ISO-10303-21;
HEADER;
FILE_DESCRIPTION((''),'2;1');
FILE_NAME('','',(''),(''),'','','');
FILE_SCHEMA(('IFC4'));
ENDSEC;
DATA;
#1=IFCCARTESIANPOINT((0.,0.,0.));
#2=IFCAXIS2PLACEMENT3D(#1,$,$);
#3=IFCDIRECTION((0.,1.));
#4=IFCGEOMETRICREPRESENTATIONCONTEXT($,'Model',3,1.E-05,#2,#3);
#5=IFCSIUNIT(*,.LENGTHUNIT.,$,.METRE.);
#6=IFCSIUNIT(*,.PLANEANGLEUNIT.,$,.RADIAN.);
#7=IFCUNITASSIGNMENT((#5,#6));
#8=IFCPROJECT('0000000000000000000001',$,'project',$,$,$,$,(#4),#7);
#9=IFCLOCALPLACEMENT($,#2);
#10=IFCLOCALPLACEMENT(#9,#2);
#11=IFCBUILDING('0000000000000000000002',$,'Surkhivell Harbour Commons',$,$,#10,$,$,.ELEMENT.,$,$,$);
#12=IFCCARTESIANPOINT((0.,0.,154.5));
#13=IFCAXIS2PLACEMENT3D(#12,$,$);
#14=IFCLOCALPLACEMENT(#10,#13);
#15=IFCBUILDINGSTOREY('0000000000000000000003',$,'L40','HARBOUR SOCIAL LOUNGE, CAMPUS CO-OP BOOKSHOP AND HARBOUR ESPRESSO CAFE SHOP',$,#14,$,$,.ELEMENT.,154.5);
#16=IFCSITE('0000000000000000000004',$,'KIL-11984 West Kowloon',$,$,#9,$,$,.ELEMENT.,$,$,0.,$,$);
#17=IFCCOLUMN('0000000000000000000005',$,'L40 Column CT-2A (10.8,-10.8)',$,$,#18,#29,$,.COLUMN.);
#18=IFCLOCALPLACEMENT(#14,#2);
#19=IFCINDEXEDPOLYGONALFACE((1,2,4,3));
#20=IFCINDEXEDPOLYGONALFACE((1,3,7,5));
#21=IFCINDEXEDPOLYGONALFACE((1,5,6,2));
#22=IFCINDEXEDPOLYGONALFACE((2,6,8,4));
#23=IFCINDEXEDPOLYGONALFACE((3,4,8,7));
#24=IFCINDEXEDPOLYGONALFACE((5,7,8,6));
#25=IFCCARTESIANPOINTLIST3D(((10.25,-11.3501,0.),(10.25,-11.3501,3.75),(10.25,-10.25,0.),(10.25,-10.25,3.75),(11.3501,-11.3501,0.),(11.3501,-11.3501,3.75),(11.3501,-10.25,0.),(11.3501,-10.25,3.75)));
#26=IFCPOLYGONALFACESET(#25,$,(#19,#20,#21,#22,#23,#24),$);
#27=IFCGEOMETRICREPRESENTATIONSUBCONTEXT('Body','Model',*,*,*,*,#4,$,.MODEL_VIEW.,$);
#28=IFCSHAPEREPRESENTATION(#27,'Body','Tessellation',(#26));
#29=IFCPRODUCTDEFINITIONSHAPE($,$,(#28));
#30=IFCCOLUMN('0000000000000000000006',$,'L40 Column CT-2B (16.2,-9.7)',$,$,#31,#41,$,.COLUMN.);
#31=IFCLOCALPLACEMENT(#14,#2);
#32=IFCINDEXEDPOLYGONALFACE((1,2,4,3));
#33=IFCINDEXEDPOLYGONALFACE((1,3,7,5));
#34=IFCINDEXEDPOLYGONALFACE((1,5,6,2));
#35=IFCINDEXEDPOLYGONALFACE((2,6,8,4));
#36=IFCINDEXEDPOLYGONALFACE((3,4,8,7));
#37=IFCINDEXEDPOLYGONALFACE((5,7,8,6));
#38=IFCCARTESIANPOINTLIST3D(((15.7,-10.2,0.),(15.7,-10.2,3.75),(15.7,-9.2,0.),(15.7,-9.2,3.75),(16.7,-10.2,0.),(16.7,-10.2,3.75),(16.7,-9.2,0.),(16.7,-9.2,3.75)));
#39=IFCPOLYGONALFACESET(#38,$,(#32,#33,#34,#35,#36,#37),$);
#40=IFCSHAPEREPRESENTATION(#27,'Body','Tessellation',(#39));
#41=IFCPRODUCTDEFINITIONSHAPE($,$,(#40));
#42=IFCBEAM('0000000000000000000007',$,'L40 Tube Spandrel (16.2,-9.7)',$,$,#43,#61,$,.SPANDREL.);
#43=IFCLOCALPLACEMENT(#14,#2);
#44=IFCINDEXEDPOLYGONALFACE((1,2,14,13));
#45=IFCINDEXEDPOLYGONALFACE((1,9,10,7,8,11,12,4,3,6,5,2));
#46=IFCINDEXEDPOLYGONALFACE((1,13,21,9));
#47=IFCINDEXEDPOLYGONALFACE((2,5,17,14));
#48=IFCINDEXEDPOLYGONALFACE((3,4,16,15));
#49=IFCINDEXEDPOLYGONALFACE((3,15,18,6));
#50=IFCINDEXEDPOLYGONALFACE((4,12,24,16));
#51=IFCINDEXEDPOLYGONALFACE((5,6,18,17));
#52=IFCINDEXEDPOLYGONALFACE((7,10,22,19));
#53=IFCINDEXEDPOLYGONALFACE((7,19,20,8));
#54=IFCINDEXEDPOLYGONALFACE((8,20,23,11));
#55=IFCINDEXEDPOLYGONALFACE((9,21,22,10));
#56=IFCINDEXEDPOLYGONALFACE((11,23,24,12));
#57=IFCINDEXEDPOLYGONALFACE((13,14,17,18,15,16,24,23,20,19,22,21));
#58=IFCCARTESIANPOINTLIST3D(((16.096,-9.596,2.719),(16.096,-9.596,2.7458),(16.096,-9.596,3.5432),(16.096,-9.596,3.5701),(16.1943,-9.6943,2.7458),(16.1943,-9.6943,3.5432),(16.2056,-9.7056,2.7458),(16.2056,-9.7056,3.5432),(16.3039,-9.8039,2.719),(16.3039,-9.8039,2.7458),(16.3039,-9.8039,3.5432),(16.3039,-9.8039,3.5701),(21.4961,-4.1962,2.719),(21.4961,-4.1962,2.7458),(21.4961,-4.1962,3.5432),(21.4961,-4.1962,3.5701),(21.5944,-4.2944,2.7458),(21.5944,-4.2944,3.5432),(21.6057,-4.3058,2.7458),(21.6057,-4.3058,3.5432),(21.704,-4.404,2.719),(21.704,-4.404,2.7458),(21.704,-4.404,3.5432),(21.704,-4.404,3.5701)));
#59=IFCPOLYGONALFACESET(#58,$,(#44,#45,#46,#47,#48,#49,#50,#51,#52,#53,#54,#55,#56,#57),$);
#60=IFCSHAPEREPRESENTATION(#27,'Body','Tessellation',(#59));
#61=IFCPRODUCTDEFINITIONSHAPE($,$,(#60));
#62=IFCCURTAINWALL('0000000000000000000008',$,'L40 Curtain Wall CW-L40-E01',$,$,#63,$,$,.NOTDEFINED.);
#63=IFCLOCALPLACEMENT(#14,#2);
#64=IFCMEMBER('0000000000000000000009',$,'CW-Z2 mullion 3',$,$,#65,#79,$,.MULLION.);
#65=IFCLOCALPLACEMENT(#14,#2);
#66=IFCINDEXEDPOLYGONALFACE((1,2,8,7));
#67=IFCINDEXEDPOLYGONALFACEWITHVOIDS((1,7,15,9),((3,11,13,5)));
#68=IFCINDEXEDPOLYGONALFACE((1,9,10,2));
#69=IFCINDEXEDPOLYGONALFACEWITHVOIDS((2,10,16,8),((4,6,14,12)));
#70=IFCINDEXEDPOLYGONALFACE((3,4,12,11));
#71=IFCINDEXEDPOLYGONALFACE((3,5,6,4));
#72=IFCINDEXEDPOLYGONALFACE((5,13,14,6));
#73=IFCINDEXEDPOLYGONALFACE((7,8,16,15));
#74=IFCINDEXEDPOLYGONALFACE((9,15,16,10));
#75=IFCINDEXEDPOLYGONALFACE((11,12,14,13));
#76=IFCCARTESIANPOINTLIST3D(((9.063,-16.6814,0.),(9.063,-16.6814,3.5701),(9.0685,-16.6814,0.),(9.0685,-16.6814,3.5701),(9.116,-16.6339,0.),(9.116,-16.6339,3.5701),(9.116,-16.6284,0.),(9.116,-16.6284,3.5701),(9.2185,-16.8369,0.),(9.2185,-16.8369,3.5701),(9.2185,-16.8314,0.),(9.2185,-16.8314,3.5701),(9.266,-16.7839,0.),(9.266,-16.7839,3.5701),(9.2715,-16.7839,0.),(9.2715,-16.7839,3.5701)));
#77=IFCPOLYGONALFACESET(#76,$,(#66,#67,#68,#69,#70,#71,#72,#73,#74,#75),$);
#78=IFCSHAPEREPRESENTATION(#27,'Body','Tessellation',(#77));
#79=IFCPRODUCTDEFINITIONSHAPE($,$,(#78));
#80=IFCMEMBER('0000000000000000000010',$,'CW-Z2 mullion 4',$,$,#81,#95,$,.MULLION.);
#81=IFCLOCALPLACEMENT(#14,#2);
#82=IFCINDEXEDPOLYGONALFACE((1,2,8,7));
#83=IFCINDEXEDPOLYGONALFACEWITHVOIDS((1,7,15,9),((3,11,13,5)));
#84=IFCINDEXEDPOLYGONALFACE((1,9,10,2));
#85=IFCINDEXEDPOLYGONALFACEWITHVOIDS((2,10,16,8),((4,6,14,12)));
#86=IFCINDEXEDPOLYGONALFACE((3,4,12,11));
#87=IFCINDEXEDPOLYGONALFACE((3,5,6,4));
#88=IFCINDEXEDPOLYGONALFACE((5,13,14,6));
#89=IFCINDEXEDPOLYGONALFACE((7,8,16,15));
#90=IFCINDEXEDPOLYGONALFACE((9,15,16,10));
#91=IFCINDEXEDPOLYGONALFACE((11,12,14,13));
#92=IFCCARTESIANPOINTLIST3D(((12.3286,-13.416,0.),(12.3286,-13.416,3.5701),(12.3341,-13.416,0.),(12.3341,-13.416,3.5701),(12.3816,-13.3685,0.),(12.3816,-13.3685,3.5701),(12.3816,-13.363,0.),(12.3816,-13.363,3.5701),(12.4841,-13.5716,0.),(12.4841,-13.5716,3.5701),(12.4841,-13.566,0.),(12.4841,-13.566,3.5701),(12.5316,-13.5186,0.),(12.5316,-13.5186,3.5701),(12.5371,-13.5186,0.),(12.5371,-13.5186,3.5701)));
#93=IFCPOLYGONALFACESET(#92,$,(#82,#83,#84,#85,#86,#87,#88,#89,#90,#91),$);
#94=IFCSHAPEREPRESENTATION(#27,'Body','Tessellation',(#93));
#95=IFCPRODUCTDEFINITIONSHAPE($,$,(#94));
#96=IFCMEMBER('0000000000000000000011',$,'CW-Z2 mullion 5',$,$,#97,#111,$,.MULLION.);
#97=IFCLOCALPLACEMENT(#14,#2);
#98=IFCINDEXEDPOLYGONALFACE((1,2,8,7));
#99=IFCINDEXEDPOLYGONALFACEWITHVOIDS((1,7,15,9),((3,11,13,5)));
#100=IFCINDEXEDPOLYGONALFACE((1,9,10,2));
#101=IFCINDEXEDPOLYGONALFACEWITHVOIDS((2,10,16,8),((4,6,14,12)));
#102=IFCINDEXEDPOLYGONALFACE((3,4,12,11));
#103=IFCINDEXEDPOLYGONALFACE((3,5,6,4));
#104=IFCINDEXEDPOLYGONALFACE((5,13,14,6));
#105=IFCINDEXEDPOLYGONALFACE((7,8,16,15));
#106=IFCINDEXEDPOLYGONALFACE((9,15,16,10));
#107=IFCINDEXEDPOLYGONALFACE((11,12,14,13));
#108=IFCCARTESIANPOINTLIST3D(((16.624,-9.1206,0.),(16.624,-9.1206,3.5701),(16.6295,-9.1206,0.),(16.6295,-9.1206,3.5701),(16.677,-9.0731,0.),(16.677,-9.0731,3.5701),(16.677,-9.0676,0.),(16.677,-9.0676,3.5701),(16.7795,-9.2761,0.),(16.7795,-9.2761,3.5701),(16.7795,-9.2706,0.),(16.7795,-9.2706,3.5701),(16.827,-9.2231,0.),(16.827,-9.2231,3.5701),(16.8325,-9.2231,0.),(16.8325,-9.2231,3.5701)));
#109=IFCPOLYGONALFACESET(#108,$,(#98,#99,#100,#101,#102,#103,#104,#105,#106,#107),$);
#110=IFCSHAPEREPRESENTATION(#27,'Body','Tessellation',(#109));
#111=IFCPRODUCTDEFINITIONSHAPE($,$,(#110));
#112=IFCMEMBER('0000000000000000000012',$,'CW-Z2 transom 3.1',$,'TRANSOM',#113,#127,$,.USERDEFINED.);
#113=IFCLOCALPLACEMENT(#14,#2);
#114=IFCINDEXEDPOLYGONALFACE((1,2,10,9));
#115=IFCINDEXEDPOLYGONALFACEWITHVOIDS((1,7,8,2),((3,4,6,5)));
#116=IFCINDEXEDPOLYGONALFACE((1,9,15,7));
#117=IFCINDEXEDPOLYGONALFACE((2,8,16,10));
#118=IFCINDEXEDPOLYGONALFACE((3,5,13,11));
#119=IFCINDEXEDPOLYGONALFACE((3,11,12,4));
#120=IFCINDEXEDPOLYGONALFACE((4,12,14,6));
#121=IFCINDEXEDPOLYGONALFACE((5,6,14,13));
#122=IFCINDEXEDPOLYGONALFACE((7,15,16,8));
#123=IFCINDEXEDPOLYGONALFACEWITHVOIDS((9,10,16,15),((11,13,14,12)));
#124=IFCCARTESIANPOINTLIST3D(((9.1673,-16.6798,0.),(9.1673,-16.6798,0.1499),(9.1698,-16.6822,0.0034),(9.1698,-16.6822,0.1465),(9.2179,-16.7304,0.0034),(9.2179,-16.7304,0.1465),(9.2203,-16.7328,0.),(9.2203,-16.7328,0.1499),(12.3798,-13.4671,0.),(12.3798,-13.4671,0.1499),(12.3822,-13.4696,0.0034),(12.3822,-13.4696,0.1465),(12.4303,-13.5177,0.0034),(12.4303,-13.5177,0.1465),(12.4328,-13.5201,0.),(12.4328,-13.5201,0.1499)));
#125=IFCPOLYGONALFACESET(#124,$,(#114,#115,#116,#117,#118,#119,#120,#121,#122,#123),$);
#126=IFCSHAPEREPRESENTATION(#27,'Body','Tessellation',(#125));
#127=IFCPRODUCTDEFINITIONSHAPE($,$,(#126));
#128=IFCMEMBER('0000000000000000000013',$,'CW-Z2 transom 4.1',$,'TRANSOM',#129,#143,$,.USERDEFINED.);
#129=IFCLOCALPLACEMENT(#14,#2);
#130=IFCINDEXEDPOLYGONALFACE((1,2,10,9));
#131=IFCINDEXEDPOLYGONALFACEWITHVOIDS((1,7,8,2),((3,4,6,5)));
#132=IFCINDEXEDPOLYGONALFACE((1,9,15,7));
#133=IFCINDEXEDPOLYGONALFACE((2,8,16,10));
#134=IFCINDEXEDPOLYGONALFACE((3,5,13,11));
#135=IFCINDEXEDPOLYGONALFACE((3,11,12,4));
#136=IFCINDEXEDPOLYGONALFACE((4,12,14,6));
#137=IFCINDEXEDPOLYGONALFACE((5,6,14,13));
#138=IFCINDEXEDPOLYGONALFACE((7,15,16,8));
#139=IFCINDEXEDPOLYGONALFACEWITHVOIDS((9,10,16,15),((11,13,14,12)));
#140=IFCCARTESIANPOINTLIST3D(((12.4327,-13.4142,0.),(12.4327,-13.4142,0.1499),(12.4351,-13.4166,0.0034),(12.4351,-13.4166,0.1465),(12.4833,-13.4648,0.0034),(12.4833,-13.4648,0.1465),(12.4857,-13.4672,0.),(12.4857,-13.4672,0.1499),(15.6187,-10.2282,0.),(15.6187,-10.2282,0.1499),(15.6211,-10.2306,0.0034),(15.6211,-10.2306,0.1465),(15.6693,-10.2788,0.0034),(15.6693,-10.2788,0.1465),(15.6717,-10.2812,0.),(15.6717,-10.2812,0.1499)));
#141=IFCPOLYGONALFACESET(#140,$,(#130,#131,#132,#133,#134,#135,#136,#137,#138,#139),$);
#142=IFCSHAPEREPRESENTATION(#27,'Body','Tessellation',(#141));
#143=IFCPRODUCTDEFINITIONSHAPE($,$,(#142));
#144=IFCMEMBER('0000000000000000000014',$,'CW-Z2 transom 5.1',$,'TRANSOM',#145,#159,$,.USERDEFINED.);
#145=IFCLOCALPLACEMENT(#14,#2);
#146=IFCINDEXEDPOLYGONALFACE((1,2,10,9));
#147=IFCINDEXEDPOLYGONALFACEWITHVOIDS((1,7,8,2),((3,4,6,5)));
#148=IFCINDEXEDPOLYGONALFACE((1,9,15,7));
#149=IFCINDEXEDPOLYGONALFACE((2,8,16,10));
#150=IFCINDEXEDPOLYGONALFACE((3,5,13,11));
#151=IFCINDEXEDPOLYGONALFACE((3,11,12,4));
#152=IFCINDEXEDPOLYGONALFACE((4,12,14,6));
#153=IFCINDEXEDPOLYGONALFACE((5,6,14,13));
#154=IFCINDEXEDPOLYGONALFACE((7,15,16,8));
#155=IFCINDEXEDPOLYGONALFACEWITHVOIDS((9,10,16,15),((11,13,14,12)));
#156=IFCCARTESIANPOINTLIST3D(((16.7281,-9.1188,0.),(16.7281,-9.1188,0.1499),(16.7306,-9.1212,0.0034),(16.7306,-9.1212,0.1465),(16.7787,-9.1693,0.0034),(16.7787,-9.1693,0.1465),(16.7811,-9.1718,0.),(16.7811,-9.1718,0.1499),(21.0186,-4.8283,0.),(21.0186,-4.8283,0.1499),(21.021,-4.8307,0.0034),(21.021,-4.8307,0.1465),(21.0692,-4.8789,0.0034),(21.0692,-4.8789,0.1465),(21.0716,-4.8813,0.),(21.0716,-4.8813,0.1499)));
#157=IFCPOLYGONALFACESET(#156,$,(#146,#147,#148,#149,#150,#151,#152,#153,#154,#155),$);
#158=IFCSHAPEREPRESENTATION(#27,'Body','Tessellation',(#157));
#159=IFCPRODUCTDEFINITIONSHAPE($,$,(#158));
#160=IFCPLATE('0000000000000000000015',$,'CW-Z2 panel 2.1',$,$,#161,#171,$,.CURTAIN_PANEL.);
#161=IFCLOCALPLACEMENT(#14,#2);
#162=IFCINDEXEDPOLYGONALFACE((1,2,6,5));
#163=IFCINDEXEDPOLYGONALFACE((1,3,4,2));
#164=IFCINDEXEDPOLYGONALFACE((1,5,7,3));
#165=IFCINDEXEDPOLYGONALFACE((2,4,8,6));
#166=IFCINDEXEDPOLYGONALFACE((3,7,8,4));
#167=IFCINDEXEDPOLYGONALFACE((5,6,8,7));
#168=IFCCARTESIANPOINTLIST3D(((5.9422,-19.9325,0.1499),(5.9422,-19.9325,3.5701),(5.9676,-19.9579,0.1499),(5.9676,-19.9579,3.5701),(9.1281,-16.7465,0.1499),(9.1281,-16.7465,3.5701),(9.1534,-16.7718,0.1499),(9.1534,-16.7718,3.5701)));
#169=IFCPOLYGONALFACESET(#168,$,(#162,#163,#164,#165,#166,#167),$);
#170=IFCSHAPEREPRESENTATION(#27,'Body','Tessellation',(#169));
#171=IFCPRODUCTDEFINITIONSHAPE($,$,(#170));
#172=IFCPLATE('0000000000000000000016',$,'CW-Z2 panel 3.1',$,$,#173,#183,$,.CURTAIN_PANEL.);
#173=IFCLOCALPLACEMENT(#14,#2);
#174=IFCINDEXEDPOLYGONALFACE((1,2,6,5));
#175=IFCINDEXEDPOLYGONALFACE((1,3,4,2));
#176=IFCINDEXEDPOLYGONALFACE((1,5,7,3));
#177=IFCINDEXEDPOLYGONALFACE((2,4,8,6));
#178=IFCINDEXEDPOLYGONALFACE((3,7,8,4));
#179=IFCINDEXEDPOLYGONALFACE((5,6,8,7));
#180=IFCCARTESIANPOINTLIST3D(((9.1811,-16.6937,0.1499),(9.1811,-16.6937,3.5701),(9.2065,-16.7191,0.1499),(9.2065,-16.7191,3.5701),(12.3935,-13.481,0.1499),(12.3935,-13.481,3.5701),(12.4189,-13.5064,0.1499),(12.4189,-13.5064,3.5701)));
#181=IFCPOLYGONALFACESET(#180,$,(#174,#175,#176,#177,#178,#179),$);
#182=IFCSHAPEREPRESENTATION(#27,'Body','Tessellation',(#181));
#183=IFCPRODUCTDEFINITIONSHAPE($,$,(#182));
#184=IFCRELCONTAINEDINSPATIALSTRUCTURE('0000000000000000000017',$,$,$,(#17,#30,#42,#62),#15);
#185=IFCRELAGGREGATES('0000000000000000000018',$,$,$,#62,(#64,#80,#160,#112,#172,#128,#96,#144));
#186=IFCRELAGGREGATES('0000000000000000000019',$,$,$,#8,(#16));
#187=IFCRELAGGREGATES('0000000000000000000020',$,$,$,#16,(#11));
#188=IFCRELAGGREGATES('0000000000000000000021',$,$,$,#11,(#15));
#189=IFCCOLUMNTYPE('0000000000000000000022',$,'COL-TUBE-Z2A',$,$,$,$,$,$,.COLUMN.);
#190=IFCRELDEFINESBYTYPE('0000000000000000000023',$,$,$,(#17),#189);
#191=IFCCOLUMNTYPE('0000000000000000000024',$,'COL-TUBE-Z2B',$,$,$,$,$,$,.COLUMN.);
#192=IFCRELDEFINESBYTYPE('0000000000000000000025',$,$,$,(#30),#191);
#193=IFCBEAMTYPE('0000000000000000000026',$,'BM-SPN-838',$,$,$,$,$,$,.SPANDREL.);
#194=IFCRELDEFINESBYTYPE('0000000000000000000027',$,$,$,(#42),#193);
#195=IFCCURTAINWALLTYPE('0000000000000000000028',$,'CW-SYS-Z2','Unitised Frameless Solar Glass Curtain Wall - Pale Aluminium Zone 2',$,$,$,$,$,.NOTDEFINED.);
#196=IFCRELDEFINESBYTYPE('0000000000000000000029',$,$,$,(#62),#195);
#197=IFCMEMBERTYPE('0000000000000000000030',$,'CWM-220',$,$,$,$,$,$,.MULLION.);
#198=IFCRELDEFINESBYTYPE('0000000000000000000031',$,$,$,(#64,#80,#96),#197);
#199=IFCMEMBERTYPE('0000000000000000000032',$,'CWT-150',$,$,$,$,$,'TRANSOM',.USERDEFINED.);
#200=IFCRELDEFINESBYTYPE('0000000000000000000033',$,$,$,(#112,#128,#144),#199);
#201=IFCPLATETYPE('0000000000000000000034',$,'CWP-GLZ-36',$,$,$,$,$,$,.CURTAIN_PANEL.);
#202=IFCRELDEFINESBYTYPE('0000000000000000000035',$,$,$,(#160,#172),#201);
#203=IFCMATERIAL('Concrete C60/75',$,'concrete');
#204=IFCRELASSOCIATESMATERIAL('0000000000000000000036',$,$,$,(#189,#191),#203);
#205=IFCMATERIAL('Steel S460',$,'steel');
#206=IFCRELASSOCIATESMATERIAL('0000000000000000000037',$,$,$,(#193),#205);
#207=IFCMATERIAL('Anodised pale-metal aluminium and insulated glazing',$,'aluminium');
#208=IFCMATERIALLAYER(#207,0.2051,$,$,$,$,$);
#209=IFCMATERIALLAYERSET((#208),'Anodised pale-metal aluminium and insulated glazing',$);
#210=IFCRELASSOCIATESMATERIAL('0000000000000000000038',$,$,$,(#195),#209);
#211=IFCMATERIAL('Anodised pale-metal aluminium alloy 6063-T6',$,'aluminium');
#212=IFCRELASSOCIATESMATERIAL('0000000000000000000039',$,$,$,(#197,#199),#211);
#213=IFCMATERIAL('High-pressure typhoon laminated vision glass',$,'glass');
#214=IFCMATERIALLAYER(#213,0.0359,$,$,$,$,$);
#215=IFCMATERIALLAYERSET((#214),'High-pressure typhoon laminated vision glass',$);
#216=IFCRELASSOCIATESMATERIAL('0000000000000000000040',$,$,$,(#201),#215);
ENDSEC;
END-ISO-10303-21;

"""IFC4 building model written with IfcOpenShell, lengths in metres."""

from ifc_helpers import new_model, si_unit, direction, frame, frame_2d, origin, origin_2d, place, context, subcontext, project, spatial, rectangle, hollow_rectangle, i_section, extrude, material, layer, layer_set, material_profile, profile_set, type_object, element, aggregate, save


model = new_model("IFC4")

# Units and contexts
model_context = context("Model", 3, precision=1e-05, world=origin(), true_north=direction((0.0, 1.0)))
body_context = subcontext(model_context, "Body", "Model", "MODEL_VIEW")
ifc_project = project(units=[si_unit("LENGTHUNIT", "METRE"), si_unit("PLANEANGLEUNIT", "RADIAN")], contexts=[model_context])

# Site, building, storey
site_placement = place(None, origin())
site = spatial("IfcSite", under=ifc_project, at=site_placement, Name="KIL-11984 West Kowloon", CompositionType="ELEMENT", RefElevation=0.0)
building_placement = place(site_placement, origin())
building = spatial("IfcBuilding", under=site, at=building_placement, Name="Surkhivell Harbour Commons", CompositionType="ELEMENT")
storey_placement = place(building_placement, frame((0.0, 0.0, 154.5)))
storey = spatial("IfcBuildingStorey", under=building, at=storey_placement, Name="L40", Description="HARBOUR SOCIAL LOUNGE, CAMPUS CO-OP BOOKSHOP AND HARBOUR ESPRESSO CAFE SHOP", CompositionType="ELEMENT", Elevation=154.5)

# Columns
ifc_material_1 = material(Name="Concrete C60/75", Category="concrete")
ifc_material_profile_1 = material_profile(ifc_material_1, rectangle(XDim=1.1001, YDim=1.1001, at=origin_2d()), Name="RC-COL-1100x1100")
ifc_profile_set_1 = profile_set([ifc_material_profile_1], Name="Concrete C60/75")
column_type_1 = type_object("IfcColumnType", Name="COL-TUBE-Z2A", PredefinedType="COLUMN", material=ifc_profile_set_1)
column_1_placement = place(storey_placement, frame((10.8, -10.8, 0.0), z_axis=(0.0, 0.0, 1.0), x_axis=(1.0, 0.0, 0.0)))
element("IfcColumn", 1, at=column_1_placement, inside=storey, type_object=column_type_1, Name="L40 Column CT-2A (10.8,-10.8)", PredefinedType="COLUMN", context=body_context, shape_type="SweptSolid", body=[
    extrude(rectangle(XDim=1.1001, YDim=1.1001, at=origin_2d()), origin(), (0.0, 0.0, 1.0), 3.75),
])
ifc_material_profile_2 = material_profile(ifc_material_1, rectangle(XDim=1.0, YDim=1.0, at=origin_2d()), Name="RC-COL-1000x1000")
ifc_profile_set_2 = profile_set([ifc_material_profile_2], Name="Concrete C60/75")
column_type_2 = type_object("IfcColumnType", Name="COL-TUBE-Z2B", PredefinedType="COLUMN", material=ifc_profile_set_2)
column_2_placement = place(storey_placement, frame((16.2, -9.7, 0.0), z_axis=(0.0, 0.0, 1.0), x_axis=(1.0, 0.0, 0.0)))
element("IfcColumn", 2, at=column_2_placement, inside=storey, type_object=column_type_2, Name="L40 Column CT-2B (16.2,-9.7)", PredefinedType="COLUMN", context=body_context, shape_type="SweptSolid", body=[
    extrude(rectangle(XDim=1.0, YDim=1.0, at=origin_2d()), origin(), (0.0, 0.0, 1.0), 3.75),
])

# Beam
ifc_material_2 = material(Name="Steel S460", Category="steel")
ifc_material_profile_3 = material_profile(ifc_material_2, i_section(OverallWidth=0.2939, OverallDepth=0.8511, WebThickness=0.0161, FlangeThickness=0.0269, at=origin_2d()), Name="UB838x292x226")
ifc_profile_set_3 = profile_set([ifc_material_profile_3], Name="Steel S460")
beam_type = type_object("IfcBeamType", Name="BM-SPN-838", PredefinedType="SPANDREL", material=ifc_profile_set_3)
beam_placement = place(storey_placement, frame((16.2, -9.7, 3.1445), z_axis=(0.707123, 0.707091, 0.0), x_axis=(-0.707091, 0.707123, 0.0)))
element("IfcBeam", 3, at=beam_placement, inside=storey, type_object=beam_type, Name="L40 Tube Spandrel (16.2,-9.7)", PredefinedType="SPANDREL", context=body_context, shape_type="SweptSolid", body=[
    extrude(i_section(OverallWidth=0.2939, OverallDepth=0.8511, WebThickness=0.0161, FlangeThickness=0.0269, at=origin_2d()), origin(), (0.0, 0.0, 1.0), 7.6367),
])

# Curtain wall, members, plates
ifc_material_3 = material(Name="Anodised pale-metal aluminium and insulated glazing", Category="aluminium")
ifc_layer_1 = layer(ifc_material_3, 0.2051)
ifc_layer_set_1 = layer_set([ifc_layer_1], Name="Anodised pale-metal aluminium and insulated glazing")
curtain_wall_type = type_object("IfcCurtainWallType", Name="CW-SYS-Z2", Description="Unitised Frameless Solar Glass Curtain Wall - Pale Aluminium Zone 2", PredefinedType="NOTDEFINED", material=ifc_layer_set_1)
curtain_wall_placement = place(storey_placement, origin())
curtain_wall = element("IfcCurtainWall", 4, at=curtain_wall_placement, inside=storey, type_object=curtain_wall_type, Name="L40 Curtain Wall CW-L40-E01", PredefinedType="NOTDEFINED")
ifc_material_4 = material(Name="Anodised pale-metal aluminium alloy 6063-T6", Category="aluminium")
ifc_material_profile_4 = material_profile(ifc_material_4, hollow_rectangle(XDim=0.075, YDim=0.22, WallThickness=0.0039, at=origin_2d()), Name="ALU-MULL-75x220")
ifc_profile_set_4 = profile_set([ifc_material_profile_4], Name="Anodised pale-metal aluminium alloy 6063-T6")
member_type_1 = type_object("IfcMemberType", Name="CWM-220", PredefinedType="MULLION", material=ifc_profile_set_4)
member_1_placement = place(storey_placement, frame((9.1672, -16.7327, 0.0), z_axis=(0.0, 0.0, 1.0), x_axis=(0.707107, 0.707107, 0.0)))
member_1 = element("IfcMember", 5, at=member_1_placement, type_object=member_type_1, Name="CW-Z2 mullion 3", PredefinedType="MULLION", context=body_context, shape_type="SweptSolid", body=[
    extrude(hollow_rectangle(XDim=0.075, YDim=0.22, WallThickness=0.0039, at=origin_2d()), origin(), (0.0, 0.0, 1.0), 3.5701),
])
member_2_placement = place(storey_placement, frame((12.4329, -13.4673, 0.0), z_axis=(0.0, 0.0, 1.0), x_axis=(0.707107, 0.707107, 0.0)))
member_2 = element("IfcMember", 6, at=member_2_placement, type_object=member_type_1, Name="CW-Z2 mullion 4", PredefinedType="MULLION", context=body_context, shape_type="SweptSolid", body=[
    extrude(hollow_rectangle(XDim=0.075, YDim=0.22, WallThickness=0.0039, at=origin_2d()), origin(), (0.0, 0.0, 1.0), 3.5701),
])
member_3_placement = place(storey_placement, frame((16.7283, -9.1719, 0.0), z_axis=(0.0, 0.0, 1.0), x_axis=(0.707107, 0.707107, 0.0)))
member_3 = element("IfcMember", 7, at=member_3_placement, type_object=member_type_1, Name="CW-Z2 mullion 5", PredefinedType="MULLION", context=body_context, shape_type="SweptSolid", body=[
    extrude(hollow_rectangle(XDim=0.075, YDim=0.22, WallThickness=0.0039, at=origin_2d()), origin(), (0.0, 0.0, 1.0), 3.5701),
])
ifc_material_profile_5 = material_profile(ifc_material_4, hollow_rectangle(XDim=0.075, YDim=0.1499, WallThickness=0.0034, at=origin_2d()), Name="ALU-TRAN-75x150")
ifc_profile_set_5 = profile_set([ifc_material_profile_5], Name="Anodised pale-metal aluminium alloy 6063-T6")
member_type_2 = type_object("IfcMemberType", Name="CWT-150", ElementType="TRANSOM", PredefinedType="USERDEFINED", material=ifc_profile_set_5)
member_4_placement = place(storey_placement, frame((9.1938, -16.7063, 0.075), z_axis=(0.70708, 0.707134, 0.0), x_axis=(-0.707134, 0.70708, 0.0)))
member_4 = element("IfcMember", 8, at=member_4_placement, type_object=member_type_2, Name="CW-Z2 transom 3.1", ObjectType="TRANSOM", PredefinedType="USERDEFINED", context=body_context, shape_type="SweptSolid", body=[
    extrude(hollow_rectangle(XDim=0.075, YDim=0.1499, WallThickness=0.0034, at=origin_2d()), origin(), (0.0, 0.0, 1.0), 4.5432),
])
member_5_placement = place(storey_placement, frame((12.4592, -13.4407, 0.075), z_axis=(0.707107, 0.707107, 0.0), x_axis=(-0.707107, 0.707107, 0.0)))
member_5 = element("IfcMember", 9, at=member_5_placement, type_object=member_type_2, Name="CW-Z2 transom 4.1", ObjectType="TRANSOM", PredefinedType="USERDEFINED", context=body_context, shape_type="SweptSolid", body=[
    extrude(hollow_rectangle(XDim=0.075, YDim=0.1499, WallThickness=0.0034, at=origin_2d()), origin(), (0.0, 0.0, 1.0), 4.5056),
])
member_6_placement = place(storey_placement, frame((16.7546, -9.1453, 0.075), z_axis=(0.707107, 0.707107, 0.0), x_axis=(-0.707107, 0.707107, 0.0)))
member_6 = element("IfcMember", 10, at=member_6_placement, type_object=member_type_2, Name="CW-Z2 transom 5.1", ObjectType="TRANSOM", PredefinedType="USERDEFINED", context=body_context, shape_type="SweptSolid", body=[
    extrude(hollow_rectangle(XDim=0.075, YDim=0.1499, WallThickness=0.0034, at=origin_2d()), origin(), (0.0, 0.0, 1.0), 6.0676),
])
ifc_material_5 = material(Name="High-pressure typhoon laminated vision glass", Category="glass")
ifc_layer_2 = layer(ifc_material_5, 0.0359)
ifc_layer_set_2 = layer_set([ifc_layer_2], Name="High-pressure typhoon laminated vision glass")
plate_type = type_object("IfcPlateType", Name="CWP-GLZ-36", PredefinedType="CURTAIN_PANEL", material=ifc_layer_set_2)
plate_1_placement = place(storey_placement, frame((5.9548, -19.9453, 0.1499), z_axis=(0.0, 0.0, 1.0), x_axis=(0.70708, 0.707134, 0.0)))
plate_1 = element("IfcPlate", 11, at=plate_1_placement, type_object=plate_type, Name="CW-Z2 panel 2.1", PredefinedType="CURTAIN_PANEL", context=body_context, shape_type="SweptSolid", body=[
    extrude(rectangle(XDim=4.5056, YDim=0.0359, at=frame_2d((2.2529, 0.0))), origin(), (0.0, 0.0, 1.0), 3.4202),
])
plate_2_placement = place(storey_placement, frame((9.1938, -16.7063, 0.1499), z_axis=(0.0, 0.0, 1.0), x_axis=(0.70708, 0.707134, 0.0)))
plate_2 = element("IfcPlate", 12, at=plate_2_placement, type_object=plate_type, Name="CW-Z2 panel 3.1", PredefinedType="CURTAIN_PANEL", context=body_context, shape_type="SweptSolid", body=[
    extrude(rectangle(XDim=4.5432, YDim=0.0359, at=frame_2d((2.2715, 0.0))), origin(), (0.0, 0.0, 1.0), 3.4202),
])
aggregate(curtain_wall, [member_1, member_2, plate_1, member_4, plate_2, member_5, member_3, member_6])

save(model, "model.ifc")
